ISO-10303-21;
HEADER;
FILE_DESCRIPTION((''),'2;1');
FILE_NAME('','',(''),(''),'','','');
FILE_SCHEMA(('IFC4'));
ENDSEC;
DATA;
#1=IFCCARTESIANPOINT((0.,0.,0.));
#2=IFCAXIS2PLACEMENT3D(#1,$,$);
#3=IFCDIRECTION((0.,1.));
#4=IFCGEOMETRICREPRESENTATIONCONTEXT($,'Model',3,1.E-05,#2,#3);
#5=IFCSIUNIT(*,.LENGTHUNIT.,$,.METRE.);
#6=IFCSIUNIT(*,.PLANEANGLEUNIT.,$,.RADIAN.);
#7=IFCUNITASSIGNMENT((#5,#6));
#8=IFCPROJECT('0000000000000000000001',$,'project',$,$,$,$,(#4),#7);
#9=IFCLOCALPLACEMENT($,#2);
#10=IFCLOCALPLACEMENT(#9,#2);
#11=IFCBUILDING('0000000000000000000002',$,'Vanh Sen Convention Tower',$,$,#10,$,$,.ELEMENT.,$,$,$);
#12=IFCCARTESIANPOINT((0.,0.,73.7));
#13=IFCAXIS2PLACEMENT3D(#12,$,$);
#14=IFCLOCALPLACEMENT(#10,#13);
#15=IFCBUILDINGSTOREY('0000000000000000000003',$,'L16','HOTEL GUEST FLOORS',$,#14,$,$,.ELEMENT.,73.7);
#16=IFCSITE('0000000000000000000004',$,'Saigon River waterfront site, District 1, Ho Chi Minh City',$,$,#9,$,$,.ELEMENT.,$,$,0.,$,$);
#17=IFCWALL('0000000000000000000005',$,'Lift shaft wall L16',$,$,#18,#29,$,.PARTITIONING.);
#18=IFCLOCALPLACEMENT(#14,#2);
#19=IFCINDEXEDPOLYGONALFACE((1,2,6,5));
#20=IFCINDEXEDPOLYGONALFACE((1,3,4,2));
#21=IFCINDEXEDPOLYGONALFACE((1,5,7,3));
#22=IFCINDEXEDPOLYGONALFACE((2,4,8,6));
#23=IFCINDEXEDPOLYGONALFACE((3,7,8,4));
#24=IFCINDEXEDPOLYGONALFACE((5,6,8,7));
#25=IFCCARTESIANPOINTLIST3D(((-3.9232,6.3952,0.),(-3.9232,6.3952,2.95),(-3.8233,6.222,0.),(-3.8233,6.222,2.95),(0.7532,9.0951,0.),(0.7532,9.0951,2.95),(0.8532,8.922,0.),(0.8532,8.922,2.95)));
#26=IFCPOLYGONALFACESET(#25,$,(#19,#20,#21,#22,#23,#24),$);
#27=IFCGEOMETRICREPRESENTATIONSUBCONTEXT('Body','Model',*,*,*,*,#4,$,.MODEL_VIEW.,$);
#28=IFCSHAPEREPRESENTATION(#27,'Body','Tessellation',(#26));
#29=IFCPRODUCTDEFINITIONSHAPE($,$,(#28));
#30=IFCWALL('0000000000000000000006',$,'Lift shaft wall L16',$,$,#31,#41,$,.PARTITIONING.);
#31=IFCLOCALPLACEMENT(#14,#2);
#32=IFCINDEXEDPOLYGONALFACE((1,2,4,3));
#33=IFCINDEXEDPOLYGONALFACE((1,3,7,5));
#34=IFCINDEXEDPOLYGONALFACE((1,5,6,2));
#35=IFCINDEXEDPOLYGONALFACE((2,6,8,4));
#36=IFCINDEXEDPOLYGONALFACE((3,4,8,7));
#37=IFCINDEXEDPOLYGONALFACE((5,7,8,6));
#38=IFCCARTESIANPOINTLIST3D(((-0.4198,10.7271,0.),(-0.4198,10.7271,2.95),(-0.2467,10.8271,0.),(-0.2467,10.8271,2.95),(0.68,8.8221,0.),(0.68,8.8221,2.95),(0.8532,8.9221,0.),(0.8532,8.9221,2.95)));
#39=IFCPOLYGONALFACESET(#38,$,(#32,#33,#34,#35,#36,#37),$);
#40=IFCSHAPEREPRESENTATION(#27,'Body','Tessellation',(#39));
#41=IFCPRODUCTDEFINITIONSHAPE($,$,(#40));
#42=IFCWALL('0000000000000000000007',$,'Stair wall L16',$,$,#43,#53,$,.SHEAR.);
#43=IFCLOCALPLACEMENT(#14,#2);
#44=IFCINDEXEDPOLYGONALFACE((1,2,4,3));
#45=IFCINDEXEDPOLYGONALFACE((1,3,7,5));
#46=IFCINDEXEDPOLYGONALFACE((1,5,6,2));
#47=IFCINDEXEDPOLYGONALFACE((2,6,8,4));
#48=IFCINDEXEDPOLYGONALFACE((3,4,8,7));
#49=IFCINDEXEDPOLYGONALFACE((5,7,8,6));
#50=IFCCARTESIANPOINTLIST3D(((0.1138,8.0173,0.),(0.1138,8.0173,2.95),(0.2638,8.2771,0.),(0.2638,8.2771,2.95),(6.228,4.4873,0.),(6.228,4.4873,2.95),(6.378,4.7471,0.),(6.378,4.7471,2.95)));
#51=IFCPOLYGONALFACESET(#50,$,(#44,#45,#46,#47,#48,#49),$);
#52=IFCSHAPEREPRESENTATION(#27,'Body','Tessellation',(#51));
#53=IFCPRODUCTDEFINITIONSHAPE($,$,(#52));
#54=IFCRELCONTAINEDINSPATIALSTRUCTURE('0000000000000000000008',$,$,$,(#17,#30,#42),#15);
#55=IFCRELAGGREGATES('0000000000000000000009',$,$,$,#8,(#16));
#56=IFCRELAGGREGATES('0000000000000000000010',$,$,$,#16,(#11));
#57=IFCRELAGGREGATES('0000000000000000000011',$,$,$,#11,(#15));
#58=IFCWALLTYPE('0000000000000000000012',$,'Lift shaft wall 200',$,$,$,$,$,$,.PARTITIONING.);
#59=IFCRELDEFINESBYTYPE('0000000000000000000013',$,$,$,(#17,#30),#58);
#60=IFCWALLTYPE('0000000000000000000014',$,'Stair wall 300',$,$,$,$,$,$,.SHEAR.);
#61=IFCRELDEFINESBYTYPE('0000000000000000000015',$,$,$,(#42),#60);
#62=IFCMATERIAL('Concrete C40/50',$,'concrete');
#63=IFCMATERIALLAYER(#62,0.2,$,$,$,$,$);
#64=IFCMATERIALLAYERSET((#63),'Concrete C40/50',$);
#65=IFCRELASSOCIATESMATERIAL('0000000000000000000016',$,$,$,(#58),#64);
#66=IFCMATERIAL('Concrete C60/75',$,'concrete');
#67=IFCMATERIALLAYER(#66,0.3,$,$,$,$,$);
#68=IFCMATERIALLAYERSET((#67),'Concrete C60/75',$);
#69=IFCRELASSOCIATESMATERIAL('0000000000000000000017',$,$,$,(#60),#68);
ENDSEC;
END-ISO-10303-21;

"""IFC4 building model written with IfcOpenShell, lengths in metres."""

from ifc_helpers import new_model, si_unit, direction, frame, frame_2d, origin, place, context, subcontext, project, spatial, rectangle, extrude, material, layer, layer_set, type_object, element, save


model = new_model("IFC4")

# Units and contexts
model_context = context("Model", 3, precision=1e-05, world=origin(), true_north=direction((0.0, 1.0)))
body_context = subcontext(model_context, "Body", "Model", "MODEL_VIEW")
ifc_project = project(units=[si_unit("LENGTHUNIT", "METRE"), si_unit("PLANEANGLEUNIT", "RADIAN")], contexts=[model_context])

# Site, building, storey
site_placement = place(None, origin())
site = spatial("IfcSite", under=ifc_project, at=site_placement, Name="Saigon River waterfront site, District 1, Ho Chi Minh City", CompositionType="ELEMENT", RefElevation=0.0)
building_placement = place(site_placement, origin())
building = spatial("IfcBuilding", under=site, at=building_placement, Name="Vanh Sen Convention Tower", CompositionType="ELEMENT")
storey_placement = place(building_placement, frame((0.0, 0.0, 73.7)))
storey = spatial("IfcBuildingStorey", under=building, at=storey_placement, Name="L16", Description="HOTEL GUEST FLOORS", CompositionType="ELEMENT", Elevation=73.7)

# Shared definitions
ifc_material_1 = material(Name="Concrete C60/75", Category="concrete")

# Walls
ifc_material_2 = material(Name="Concrete C40/50", Category="concrete")
ifc_layer_1 = layer(ifc_material_2, 0.2)
ifc_layer_set_1 = layer_set([ifc_layer_1], Name="Concrete C40/50")
wall_type_1 = type_object("IfcWallType", Name="Lift shaft wall 200", PredefinedType="PARTITIONING", material=ifc_layer_set_1)
wall_1_placement = place(storey_placement, frame((0.8032, 9.0085, 0.0), z_axis=(0.0, 0.0, 1.0), x_axis=(-0.866028, -0.499995, 0.0)))
element("IfcWall", 1, at=wall_1_placement, inside=storey, type_object=wall_type_1, Name="Lift shaft wall L16", PredefinedType="PARTITIONING", context=body_context, shape_type="SweptSolid", body=[
    extrude(rectangle(XDim=5.3999, YDim=0.2, at=frame_2d((2.7, 0.0))), origin(), (0.0, 0.0, 1.0), 2.95),
])
wall_2_placement = place(storey_placement, frame((0.7666, 8.8721, 0.0), z_axis=(0.0, 0.0, 1.0), x_axis=(-0.499995, 0.866028, 0.0)))
element("IfcWall", 2, at=wall_2_placement, inside=storey, type_object=wall_type_1, Name="Lift shaft wall L16", PredefinedType="PARTITIONING", context=body_context, shape_type="SweptSolid", body=[
    extrude(rectangle(XDim=2.1997, YDim=0.2, at=frame_2d((1.0999, 0.0))), origin(), (0.0, 0.0, 1.0), 2.95),
])
ifc_layer_2 = layer(ifc_material_1, 0.3)
ifc_layer_set_2 = layer_set([ifc_layer_2], Name="Concrete C60/75")
wall_type_2 = type_object("IfcWallType", Name="Stair wall 300", PredefinedType="SHEAR", material=ifc_layer_set_2)
wall_3_placement = place(storey_placement, frame((6.303, 4.6172, 0.0), z_axis=(0.0, 0.0, 1.0), x_axis=(-0.866028, 0.499996, 0.0)))
element("IfcWall", 3, at=wall_3_placement, inside=storey, type_object=wall_type_2, Name="Stair wall L16", PredefinedType="SHEAR", context=body_context, shape_type="SweptSolid", body=[
    extrude(rectangle(XDim=7.0601, YDim=0.3, at=frame_2d((3.53, 0.0))), origin(), (0.0, 0.0, 1.0), 2.95),
])

save(model, "model.ifc")
